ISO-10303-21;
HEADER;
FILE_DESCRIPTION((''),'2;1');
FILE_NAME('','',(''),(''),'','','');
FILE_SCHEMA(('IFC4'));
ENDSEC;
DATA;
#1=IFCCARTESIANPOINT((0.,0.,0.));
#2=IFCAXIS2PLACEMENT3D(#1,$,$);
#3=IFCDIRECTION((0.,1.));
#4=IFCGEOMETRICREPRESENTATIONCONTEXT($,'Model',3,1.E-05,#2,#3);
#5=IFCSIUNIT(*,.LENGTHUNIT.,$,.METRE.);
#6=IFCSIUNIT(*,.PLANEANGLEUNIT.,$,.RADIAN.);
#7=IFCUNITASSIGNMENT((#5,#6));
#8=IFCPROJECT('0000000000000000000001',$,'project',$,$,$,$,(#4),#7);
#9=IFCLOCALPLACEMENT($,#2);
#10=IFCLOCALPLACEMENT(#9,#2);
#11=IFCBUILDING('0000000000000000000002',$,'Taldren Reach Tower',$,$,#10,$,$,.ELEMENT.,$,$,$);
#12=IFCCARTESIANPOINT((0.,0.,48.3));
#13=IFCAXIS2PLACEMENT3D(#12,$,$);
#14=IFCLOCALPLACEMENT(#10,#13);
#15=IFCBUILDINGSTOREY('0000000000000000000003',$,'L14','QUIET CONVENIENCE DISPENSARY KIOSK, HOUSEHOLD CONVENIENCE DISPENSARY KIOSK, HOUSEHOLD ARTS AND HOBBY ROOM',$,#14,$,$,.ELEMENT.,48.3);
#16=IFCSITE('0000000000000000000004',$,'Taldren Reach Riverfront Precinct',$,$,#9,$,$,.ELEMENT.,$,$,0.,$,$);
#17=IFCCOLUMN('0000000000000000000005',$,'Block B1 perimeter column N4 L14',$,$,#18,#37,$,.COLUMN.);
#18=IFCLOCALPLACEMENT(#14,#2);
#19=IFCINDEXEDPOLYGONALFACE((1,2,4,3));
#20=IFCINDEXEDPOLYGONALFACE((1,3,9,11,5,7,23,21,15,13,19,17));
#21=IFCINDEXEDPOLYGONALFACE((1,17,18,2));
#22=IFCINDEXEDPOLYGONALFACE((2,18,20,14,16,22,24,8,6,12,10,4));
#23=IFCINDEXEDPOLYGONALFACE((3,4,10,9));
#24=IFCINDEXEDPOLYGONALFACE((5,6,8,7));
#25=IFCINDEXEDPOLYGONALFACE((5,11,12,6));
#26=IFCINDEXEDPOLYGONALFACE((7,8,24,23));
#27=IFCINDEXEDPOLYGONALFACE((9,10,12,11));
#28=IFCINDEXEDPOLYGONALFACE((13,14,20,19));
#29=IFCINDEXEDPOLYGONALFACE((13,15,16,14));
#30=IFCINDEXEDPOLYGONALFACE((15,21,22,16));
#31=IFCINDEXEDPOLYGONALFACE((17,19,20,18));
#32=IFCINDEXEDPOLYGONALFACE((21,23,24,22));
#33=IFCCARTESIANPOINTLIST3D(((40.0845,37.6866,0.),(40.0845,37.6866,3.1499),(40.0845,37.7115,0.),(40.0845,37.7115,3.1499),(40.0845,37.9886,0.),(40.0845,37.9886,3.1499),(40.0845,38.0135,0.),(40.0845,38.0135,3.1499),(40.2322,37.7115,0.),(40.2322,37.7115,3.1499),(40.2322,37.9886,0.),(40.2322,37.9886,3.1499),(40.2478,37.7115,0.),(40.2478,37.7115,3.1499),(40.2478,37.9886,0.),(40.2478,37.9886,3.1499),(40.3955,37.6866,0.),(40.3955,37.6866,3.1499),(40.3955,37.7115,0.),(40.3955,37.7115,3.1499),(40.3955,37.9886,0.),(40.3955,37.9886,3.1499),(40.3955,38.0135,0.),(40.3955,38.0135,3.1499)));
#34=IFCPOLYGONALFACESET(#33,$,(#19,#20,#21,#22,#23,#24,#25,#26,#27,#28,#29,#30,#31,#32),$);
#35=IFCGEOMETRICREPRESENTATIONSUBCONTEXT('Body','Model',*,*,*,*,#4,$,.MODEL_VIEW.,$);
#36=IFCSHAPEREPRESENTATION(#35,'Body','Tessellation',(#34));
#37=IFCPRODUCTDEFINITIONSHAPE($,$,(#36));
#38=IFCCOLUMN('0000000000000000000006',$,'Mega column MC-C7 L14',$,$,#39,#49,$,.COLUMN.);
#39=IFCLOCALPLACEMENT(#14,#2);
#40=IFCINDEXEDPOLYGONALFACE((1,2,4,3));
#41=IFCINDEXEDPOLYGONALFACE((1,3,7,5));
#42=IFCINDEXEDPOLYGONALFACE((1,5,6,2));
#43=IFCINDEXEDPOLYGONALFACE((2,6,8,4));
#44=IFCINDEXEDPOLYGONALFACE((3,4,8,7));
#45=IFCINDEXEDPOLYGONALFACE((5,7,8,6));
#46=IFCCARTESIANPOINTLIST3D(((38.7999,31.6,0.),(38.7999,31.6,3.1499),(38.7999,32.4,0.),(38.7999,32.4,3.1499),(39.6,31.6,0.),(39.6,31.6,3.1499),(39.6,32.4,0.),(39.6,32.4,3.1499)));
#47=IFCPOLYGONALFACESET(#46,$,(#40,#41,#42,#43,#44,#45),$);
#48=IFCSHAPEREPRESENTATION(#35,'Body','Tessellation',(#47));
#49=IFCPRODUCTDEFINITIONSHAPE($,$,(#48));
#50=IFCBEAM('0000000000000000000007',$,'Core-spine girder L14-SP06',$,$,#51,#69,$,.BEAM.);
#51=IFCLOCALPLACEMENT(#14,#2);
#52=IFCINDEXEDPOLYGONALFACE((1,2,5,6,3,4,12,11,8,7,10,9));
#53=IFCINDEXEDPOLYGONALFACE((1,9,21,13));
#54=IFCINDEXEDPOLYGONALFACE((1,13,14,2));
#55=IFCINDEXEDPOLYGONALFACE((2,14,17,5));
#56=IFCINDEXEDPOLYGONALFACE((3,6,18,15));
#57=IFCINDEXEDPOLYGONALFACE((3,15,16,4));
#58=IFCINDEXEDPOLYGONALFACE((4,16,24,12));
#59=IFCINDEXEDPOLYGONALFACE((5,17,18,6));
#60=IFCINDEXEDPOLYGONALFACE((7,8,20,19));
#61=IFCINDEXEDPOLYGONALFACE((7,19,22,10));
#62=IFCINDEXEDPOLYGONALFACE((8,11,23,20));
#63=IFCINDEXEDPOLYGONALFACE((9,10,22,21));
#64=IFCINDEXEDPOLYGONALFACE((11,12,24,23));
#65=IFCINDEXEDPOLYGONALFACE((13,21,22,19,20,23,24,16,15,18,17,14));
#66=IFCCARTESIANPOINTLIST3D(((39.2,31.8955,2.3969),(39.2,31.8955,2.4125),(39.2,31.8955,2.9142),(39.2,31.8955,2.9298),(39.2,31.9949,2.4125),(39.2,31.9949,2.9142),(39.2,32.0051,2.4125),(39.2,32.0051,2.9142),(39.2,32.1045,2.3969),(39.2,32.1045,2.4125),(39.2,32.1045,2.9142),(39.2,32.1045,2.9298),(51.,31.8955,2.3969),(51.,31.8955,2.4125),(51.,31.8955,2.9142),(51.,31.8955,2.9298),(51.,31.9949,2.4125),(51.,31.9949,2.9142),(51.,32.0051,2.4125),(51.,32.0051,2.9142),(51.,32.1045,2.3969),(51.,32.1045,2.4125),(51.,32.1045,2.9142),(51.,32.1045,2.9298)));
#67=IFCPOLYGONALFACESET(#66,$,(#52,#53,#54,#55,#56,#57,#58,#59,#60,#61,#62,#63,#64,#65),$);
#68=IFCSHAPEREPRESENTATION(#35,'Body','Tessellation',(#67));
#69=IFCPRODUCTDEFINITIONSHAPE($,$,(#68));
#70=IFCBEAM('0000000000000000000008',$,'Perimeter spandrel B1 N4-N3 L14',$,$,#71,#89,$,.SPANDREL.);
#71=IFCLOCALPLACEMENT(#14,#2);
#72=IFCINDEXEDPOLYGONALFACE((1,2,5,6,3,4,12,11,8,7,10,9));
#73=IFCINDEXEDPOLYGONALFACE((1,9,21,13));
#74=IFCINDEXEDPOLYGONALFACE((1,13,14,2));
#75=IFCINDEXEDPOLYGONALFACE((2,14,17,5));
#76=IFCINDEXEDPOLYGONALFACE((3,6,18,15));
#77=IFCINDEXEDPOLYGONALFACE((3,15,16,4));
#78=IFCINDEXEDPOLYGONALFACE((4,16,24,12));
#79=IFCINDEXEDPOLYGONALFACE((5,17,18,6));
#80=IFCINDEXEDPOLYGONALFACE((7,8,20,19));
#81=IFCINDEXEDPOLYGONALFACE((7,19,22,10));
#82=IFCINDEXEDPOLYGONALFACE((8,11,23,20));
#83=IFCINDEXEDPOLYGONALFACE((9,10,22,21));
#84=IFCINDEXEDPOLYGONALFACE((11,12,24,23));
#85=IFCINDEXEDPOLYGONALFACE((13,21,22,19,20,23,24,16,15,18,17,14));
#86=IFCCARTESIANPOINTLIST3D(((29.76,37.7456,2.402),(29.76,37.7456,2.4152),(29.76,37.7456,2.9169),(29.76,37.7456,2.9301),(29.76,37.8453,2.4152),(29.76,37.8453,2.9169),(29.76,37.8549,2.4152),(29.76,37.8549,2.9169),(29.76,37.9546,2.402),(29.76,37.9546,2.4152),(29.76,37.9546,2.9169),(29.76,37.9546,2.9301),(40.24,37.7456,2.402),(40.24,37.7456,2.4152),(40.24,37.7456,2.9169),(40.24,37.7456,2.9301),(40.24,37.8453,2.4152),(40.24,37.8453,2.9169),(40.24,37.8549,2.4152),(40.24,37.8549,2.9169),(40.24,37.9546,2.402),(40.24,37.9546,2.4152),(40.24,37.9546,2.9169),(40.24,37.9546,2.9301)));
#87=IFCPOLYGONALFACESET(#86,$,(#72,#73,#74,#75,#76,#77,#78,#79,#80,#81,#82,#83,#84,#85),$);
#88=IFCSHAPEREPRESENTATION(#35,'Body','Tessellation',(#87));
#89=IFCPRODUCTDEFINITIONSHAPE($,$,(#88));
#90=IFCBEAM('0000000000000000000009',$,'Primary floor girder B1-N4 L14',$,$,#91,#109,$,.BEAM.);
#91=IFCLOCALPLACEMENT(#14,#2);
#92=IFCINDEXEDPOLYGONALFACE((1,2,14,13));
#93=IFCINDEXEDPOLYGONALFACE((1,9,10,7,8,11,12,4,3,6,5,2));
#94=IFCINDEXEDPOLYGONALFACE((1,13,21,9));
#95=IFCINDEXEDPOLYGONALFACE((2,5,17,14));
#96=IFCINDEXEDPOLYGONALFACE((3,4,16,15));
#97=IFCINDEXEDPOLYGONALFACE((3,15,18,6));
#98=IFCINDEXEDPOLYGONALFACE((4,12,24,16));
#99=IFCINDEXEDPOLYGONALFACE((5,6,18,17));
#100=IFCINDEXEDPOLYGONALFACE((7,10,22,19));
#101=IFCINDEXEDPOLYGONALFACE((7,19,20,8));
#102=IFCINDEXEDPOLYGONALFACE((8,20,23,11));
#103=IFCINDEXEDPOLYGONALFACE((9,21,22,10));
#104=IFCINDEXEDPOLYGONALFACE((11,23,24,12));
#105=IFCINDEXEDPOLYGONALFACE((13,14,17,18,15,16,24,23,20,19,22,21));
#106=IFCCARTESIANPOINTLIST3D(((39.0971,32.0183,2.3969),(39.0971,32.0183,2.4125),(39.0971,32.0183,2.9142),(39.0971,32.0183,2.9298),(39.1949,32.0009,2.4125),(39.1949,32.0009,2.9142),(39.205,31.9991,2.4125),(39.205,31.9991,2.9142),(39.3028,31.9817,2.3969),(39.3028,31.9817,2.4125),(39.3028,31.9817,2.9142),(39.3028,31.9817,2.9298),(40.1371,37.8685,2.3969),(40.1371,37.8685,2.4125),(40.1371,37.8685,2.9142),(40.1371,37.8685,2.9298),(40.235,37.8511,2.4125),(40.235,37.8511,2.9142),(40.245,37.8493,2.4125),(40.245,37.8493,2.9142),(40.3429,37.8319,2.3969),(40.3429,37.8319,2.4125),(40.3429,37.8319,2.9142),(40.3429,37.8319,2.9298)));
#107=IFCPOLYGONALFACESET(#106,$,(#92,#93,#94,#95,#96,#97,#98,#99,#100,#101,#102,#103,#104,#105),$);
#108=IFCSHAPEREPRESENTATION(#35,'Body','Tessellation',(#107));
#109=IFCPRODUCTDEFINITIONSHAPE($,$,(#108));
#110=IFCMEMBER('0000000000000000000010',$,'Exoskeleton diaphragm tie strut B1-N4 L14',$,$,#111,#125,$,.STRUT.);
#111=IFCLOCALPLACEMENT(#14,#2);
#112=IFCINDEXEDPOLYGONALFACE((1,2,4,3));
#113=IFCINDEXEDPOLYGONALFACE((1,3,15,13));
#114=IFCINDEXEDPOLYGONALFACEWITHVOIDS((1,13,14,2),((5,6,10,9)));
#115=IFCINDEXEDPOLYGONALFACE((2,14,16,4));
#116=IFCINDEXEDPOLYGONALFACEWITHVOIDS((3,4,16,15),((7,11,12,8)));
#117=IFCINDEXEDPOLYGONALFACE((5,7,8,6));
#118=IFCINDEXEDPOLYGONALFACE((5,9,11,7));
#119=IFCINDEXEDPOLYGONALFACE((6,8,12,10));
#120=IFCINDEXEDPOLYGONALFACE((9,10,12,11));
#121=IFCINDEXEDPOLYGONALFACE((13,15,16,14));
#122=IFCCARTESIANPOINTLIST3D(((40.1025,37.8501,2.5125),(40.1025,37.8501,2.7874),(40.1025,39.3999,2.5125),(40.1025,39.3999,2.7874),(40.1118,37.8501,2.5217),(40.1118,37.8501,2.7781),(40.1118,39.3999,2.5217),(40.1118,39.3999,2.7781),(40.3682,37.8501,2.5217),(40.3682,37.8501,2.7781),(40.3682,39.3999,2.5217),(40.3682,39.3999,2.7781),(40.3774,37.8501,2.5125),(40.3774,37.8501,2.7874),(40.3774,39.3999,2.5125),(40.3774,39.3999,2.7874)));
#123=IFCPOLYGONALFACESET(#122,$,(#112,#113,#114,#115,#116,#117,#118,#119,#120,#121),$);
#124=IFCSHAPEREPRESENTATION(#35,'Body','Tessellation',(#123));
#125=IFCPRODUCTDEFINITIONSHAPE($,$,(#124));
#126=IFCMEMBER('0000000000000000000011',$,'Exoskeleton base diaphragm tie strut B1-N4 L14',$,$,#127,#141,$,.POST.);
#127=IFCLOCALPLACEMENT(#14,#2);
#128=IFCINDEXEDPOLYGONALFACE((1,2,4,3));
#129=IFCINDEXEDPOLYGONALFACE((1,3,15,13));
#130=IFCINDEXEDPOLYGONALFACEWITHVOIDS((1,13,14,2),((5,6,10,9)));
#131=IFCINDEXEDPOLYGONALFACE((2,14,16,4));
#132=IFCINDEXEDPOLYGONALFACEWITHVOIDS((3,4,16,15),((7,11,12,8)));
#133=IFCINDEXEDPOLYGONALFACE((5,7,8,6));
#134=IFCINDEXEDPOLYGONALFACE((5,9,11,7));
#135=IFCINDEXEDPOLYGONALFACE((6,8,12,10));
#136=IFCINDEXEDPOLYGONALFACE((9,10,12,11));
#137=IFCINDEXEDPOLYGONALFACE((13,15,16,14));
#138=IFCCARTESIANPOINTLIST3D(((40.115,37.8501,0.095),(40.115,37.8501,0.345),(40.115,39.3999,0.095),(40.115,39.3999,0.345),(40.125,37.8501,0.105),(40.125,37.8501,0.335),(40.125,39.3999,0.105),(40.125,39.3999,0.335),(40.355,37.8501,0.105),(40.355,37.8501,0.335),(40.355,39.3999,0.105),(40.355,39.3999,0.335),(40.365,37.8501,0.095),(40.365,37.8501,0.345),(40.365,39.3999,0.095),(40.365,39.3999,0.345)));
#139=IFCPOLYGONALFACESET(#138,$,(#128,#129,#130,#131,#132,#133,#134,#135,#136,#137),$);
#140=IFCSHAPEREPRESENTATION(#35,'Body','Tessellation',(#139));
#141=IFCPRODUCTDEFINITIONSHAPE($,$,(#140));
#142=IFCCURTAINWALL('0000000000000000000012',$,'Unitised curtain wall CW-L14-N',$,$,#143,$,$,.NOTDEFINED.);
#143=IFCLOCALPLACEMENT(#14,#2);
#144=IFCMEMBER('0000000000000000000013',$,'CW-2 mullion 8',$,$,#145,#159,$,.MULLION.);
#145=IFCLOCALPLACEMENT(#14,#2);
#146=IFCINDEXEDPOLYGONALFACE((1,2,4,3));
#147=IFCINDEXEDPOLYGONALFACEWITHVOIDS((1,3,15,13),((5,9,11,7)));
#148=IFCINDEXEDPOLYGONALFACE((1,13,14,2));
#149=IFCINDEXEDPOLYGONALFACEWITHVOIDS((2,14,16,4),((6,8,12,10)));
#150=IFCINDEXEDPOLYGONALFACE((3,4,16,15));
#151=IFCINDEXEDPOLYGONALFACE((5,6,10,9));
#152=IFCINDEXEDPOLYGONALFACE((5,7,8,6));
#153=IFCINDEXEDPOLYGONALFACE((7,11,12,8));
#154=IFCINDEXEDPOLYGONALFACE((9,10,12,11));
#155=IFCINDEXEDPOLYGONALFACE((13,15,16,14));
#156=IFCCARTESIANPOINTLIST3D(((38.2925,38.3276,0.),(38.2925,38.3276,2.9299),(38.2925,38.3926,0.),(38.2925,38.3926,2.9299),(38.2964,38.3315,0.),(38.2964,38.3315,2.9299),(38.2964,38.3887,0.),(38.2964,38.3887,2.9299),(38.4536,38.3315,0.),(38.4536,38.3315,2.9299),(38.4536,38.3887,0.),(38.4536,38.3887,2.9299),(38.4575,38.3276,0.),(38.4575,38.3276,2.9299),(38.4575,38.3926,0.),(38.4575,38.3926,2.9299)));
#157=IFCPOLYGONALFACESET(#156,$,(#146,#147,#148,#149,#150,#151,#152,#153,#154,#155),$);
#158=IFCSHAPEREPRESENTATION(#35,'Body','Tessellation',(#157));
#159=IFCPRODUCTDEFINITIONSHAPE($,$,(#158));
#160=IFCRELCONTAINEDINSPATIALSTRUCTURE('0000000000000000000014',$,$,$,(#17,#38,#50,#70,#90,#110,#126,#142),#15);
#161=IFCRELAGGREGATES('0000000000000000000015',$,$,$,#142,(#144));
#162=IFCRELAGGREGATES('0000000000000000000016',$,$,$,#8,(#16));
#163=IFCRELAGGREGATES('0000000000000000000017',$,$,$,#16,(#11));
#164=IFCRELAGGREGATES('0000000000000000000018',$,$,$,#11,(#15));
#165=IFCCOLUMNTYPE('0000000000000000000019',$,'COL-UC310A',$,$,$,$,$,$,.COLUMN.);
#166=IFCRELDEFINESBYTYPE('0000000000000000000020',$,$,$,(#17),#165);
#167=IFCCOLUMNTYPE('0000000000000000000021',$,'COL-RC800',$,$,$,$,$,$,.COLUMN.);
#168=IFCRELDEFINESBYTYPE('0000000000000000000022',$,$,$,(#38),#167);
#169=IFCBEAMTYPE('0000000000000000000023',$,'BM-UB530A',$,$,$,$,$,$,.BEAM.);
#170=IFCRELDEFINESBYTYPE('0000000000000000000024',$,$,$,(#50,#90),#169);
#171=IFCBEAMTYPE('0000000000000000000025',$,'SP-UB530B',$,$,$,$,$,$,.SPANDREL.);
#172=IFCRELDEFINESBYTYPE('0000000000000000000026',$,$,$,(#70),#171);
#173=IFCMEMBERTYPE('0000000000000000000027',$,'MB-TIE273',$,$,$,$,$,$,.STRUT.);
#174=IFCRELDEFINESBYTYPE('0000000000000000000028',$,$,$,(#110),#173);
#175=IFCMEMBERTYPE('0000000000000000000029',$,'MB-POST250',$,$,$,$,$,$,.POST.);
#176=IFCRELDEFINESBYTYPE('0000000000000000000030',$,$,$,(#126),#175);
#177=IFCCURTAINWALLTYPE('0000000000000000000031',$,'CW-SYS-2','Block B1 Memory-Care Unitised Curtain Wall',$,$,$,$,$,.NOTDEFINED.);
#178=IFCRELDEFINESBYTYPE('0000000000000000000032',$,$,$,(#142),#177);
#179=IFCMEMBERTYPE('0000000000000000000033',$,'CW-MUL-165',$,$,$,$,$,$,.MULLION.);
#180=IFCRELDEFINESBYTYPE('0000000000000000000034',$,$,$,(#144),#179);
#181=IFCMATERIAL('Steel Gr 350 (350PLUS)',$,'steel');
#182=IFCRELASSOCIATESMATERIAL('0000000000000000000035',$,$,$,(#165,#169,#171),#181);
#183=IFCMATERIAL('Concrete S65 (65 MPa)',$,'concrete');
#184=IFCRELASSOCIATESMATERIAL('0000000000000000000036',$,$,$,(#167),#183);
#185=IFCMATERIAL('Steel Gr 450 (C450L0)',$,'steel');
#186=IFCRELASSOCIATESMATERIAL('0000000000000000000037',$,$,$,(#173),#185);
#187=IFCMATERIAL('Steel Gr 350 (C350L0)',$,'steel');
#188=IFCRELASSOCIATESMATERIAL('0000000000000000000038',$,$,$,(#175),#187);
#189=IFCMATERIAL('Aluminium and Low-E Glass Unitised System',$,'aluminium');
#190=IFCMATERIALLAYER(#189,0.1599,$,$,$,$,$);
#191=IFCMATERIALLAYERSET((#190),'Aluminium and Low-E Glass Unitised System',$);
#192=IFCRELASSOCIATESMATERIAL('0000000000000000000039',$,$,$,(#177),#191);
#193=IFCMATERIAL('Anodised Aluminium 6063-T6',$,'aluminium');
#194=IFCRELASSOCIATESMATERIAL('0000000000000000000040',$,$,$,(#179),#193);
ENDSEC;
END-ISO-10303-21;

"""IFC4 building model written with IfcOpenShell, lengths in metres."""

from ifc_helpers import new_model, si_unit, direction, frame, origin, origin_2d, place, context, subcontext, project, spatial, rectangle, hollow_rectangle, i_section, extrude, source, transform, mapped, material, layer, layer_set, material_profile, profile_set, type_object, element, aggregate, save


model = new_model("IFC4")

# Units and contexts
model_context = context("Model", 3, precision=1e-05, world=origin(), true_north=direction((0.0, 1.0)))
body_context = subcontext(model_context, "Body", "Model", "MODEL_VIEW")
ifc_project = project(units=[si_unit("LENGTHUNIT", "METRE"), si_unit("PLANEANGLEUNIT", "RADIAN")], contexts=[model_context])

# Site, building, storey
site_placement = place(None, origin())
site = spatial("IfcSite", under=ifc_project, at=site_placement, Name="Taldren Reach Riverfront Precinct", CompositionType="ELEMENT", RefElevation=0.0)
building_placement = place(site_placement, origin())
building = spatial("IfcBuilding", under=site, at=building_placement, Name="Taldren Reach Tower", CompositionType="ELEMENT")
storey_placement = place(building_placement, frame((0.0, 0.0, 48.3)))
storey = spatial("IfcBuildingStorey", under=building, at=storey_placement, Name="L14", Description="QUIET CONVENIENCE DISPENSARY KIOSK, HOUSEHOLD CONVENIENCE DISPENSARY KIOSK, HOUSEHOLD ARTS AND HOBBY ROOM", CompositionType="ELEMENT", Elevation=48.3)

# Columns
ifc_material_1 = material(Name="Steel Gr 350 (350PLUS)", Category="steel")
ifc_material_profile_1 = material_profile(ifc_material_1, i_section(OverallWidth=0.311, OverallDepth=0.3269, WebThickness=0.0156, FlangeThickness=0.0249, at=origin_2d()), Name="310UC158")
ifc_profile_set_1 = profile_set([ifc_material_profile_1], Name="Steel Gr 350 (350PLUS)")
column_type_1 = type_object("IfcColumnType", Name="COL-UC310A", PredefinedType="COLUMN", material=ifc_profile_set_1)
shared_shape_1 = source(origin(), body_context, "Body", "SweptSolid", [
    extrude(i_section(OverallWidth=0.311, OverallDepth=0.3269, WebThickness=0.0156, FlangeThickness=0.0249, at=origin_2d()), origin(), (0.0, 0.0, 1.0), 3.1499),
])
column_1_placement = place(storey_placement, frame((40.24, 37.8501, 0.0), z_axis=(0.0, 0.0, 1.0), x_axis=(1.0, 0.0, 0.0)))
element("IfcColumn", 1, at=column_1_placement, inside=storey, type_object=column_type_1, Name="Block B1 perimeter column N4 L14", PredefinedType="COLUMN", context=body_context, shape_type="MappedRepresentation", body=[
    mapped(shared_shape_1, transform((0.0, 0.0, 0.0), scale=1.0)),
])
ifc_material_2 = material(Name="Concrete S65 (65 MPa)", Category="concrete")
ifc_material_profile_2 = material_profile(ifc_material_2, rectangle(XDim=0.8, YDim=0.8, at=origin_2d()), Name="RC-800x800")
ifc_profile_set_2 = profile_set([ifc_material_profile_2], Name="Concrete S65 (65 MPa)")
column_type_2 = type_object("IfcColumnType", Name="COL-RC800", PredefinedType="COLUMN", material=ifc_profile_set_2)
shared_shape_2 = source(origin(), body_context, "Body", "SweptSolid", [
    extrude(rectangle(XDim=0.8, YDim=0.8, at=origin_2d()), origin(), (0.0, 0.0, 1.0), 3.1499),
])
column_2_placement = place(storey_placement, frame((39.2, 32.0, 0.0), z_axis=(0.0, 0.0, 1.0), x_axis=(1.0, 0.0, 0.0)))
element("IfcColumn", 2, at=column_2_placement, inside=storey, type_object=column_type_2, Name="Mega column MC-C7 L14", PredefinedType="COLUMN", context=body_context, shape_type="MappedRepresentation", body=[
    mapped(shared_shape_2, transform((0.0, 0.0, 0.0), scale=1.0)),
])

# Beams
ifc_material_profile_3 = material_profile(ifc_material_1, i_section(OverallWidth=0.209, OverallDepth=0.533, WebThickness=0.0103, FlangeThickness=0.0156, at=origin_2d()), Name="530UB92.4")
ifc_profile_set_3 = profile_set([ifc_material_profile_3], Name="Steel Gr 350 (350PLUS)")
beam_type_1 = type_object("IfcBeamType", Name="BM-UB530A", PredefinedType="BEAM", material=ifc_profile_set_3)
shared_shape_3 = source(origin(), body_context, "Body", "SweptSolid", [
    extrude(i_section(OverallWidth=0.209, OverallDepth=0.533, WebThickness=0.0103, FlangeThickness=0.0156, at=origin_2d()), origin(), (0.0, 0.0, 1.0), 11.8),
])
beam_1_placement = place(storey_placement, frame((39.2, 32.0, 2.6633), z_axis=(1.0, 0.0, 0.0), x_axis=(0.0, 1.0, 0.0)))
element("IfcBeam", 3, at=beam_1_placement, inside=storey, type_object=beam_type_1, Name="Core-spine girder L14-SP06", PredefinedType="BEAM", context=body_context, shape_type="MappedRepresentation", body=[
    mapped(shared_shape_3, transform((0.0, 0.0, 0.0), scale=1.0)),
])
ifc_material_profile_4 = material_profile(ifc_material_1, i_section(OverallWidth=0.209, OverallDepth=0.5281, WebThickness=0.0095, FlangeThickness=0.0132, at=origin_2d()), Name="530UB82.0")
ifc_profile_set_4 = profile_set([ifc_material_profile_4], Name="Steel Gr 350 (350PLUS)")
beam_type_2 = type_object("IfcBeamType", Name="SP-UB530B", PredefinedType="SPANDREL", material=ifc_profile_set_4)
shared_shape_4 = source(origin(), body_context, "Body", "SweptSolid", [
    extrude(i_section(OverallWidth=0.209, OverallDepth=0.5281, WebThickness=0.0095, FlangeThickness=0.0132, at=origin_2d()), origin(), (0.0, 0.0, 1.0), 10.48),
])
beam_2_placement = place(storey_placement, frame((40.24, 37.8501, 2.666), z_axis=(-1.0, 0.0, 0.0), x_axis=(0.0, -1.0, 0.0)))
element("IfcBeam", 4, at=beam_2_placement, inside=storey, type_object=beam_type_2, Name="Perimeter spandrel B1 N4-N3 L14", PredefinedType="SPANDREL", context=body_context, shape_type="MappedRepresentation", body=[
    mapped(shared_shape_4, transform((0.0, 0.0, 0.0), scale=1.0)),
])
shared_shape_5 = source(origin(), body_context, "Body", "SweptSolid", [
    extrude(i_section(OverallWidth=0.209, OverallDepth=0.533, WebThickness=0.0103, FlangeThickness=0.0156, at=origin_2d()), origin(), (0.0, 0.0, 1.0), 5.9419),
])
beam_3_placement = place(storey_placement, frame((39.2, 32.0, 2.6633), z_axis=(0.175037, 0.984562, 0.0), x_axis=(-0.984562, 0.175037, 0.0)))
element("IfcBeam", 5, at=beam_3_placement, inside=storey, type_object=beam_type_1, Name="Primary floor girder B1-N4 L14", PredefinedType="BEAM", context=body_context, shape_type="MappedRepresentation", body=[
    mapped(shared_shape_5, transform((0.0, 0.0, 0.0), scale=1.0)),
])

# Members
ifc_material_3 = material(Name="Steel Gr 450 (C450L0)", Category="steel")
ifc_material_profile_5 = material_profile(ifc_material_3, hollow_rectangle(XDim=0.2749, YDim=0.2749, WallThickness=0.0093, at=origin_2d()), Name="275x275x9.3SHS")
ifc_profile_set_5 = profile_set([ifc_material_profile_5], Name="Steel Gr 450 (C450L0)")
member_type_1 = type_object("IfcMemberType", Name="MB-TIE273", PredefinedType="STRUT", material=ifc_profile_set_5)
shared_shape_6 = source(origin(), body_context, "Body", "SweptSolid", [
    extrude(hollow_rectangle(XDim=0.2749, YDim=0.2749, WallThickness=0.0093, at=origin_2d()), origin(), (0.0, 0.0, 1.0), 1.5498),
])
member_1_placement = place(storey_placement, frame((40.24, 37.8501, 2.6499), z_axis=(0.0, 1.0, 0.0), x_axis=(-1.0, 0.0, 0.0)))
element("IfcMember", 6, at=member_1_placement, inside=storey, type_object=member_type_1, Name="Exoskeleton diaphragm tie strut B1-N4 L14", PredefinedType="STRUT", context=body_context, shape_type="MappedRepresentation", body=[
    mapped(shared_shape_6, transform((0.0, 0.0, 0.0), scale=1.0)),
])
ifc_material_4 = material(Name="Steel Gr 350 (C350L0)", Category="steel")
ifc_material_profile_6 = material_profile(ifc_material_4, hollow_rectangle(XDim=0.25, YDim=0.25, WallThickness=0.01, at=origin_2d()), Name="250x250x10.0SHS")
ifc_profile_set_6 = profile_set([ifc_material_profile_6], Name="Steel Gr 350 (C350L0)")
member_type_2 = type_object("IfcMemberType", Name="MB-POST250", PredefinedType="POST", material=ifc_profile_set_6)
shared_shape_7 = source(origin(), body_context, "Body", "SweptSolid", [
    extrude(hollow_rectangle(XDim=0.25, YDim=0.25, WallThickness=0.01, at=origin_2d()), origin(), (0.0, 0.0, 1.0), 1.5498),
])
member_2_placement = place(storey_placement, frame((40.24, 37.8501, 0.22), z_axis=(0.0, 1.0, 0.0), x_axis=(-1.0, 0.0, 0.0)))
element("IfcMember", 7, at=member_2_placement, inside=storey, type_object=member_type_2, Name="Exoskeleton base diaphragm tie strut B1-N4 L14", PredefinedType="POST", context=body_context, shape_type="MappedRepresentation", body=[
    mapped(shared_shape_7, transform((0.0, 0.0, 0.0), scale=1.0)),
])

# Curtain wall, member
ifc_material_5 = material(Name="Aluminium and Low-E Glass Unitised System", Category="aluminium")
ifc_layer_1 = layer(ifc_material_5, 0.1599)
ifc_layer_set_1 = layer_set([ifc_layer_1], Name="Aluminium and Low-E Glass Unitised System")
curtain_wall_type = type_object("IfcCurtainWallType", Name="CW-SYS-2", Description="Block B1 Memory-Care Unitised Curtain Wall", PredefinedType="NOTDEFINED", material=ifc_layer_set_1)
curtain_wall_placement = place(storey_placement, origin())
curtain_wall = element("IfcCurtainWall", 8, at=curtain_wall_placement, inside=storey, type_object=curtain_wall_type, Name="Unitised curtain wall CW-L14-N", PredefinedType="NOTDEFINED")
ifc_material_6 = material(Name="Anodised Aluminium 6063-T6", Category="aluminium")
ifc_material_profile_7 = material_profile(ifc_material_6, hollow_rectangle(XDim=0.0649, YDim=0.165, WallThickness=0.0039, at=origin_2d()), Name="ALU-165x65x4RHS")
ifc_profile_set_7 = profile_set([ifc_material_profile_7], Name="Anodised Aluminium 6063-T6")
member_type_3 = type_object("IfcMemberType", Name="CW-MUL-165", PredefinedType="MULLION", material=ifc_profile_set_7)
shared_shape_8 = source(origin(), body_context, "Body", "SweptSolid", [
    extrude(hollow_rectangle(XDim=0.0649, YDim=0.165, WallThickness=0.0039, at=origin_2d()), origin(), (0.0, 0.0, 1.0), 2.9299),
])
member_3_placement = place(storey_placement, frame((38.375, 38.3601, 0.0), z_axis=(0.0, 0.0, 1.0), x_axis=(0.0, -1.0, 0.0)))
member_3 = element("IfcMember", 9, at=member_3_placement, type_object=member_type_3, Name="CW-2 mullion 8", PredefinedType="MULLION", context=body_context, shape_type="MappedRepresentation", body=[
    mapped(shared_shape_8, transform((0.0, 0.0, 0.0), scale=1.0)),
])
aggregate(curtain_wall, [member_3])

save(model, "model.ifc")
